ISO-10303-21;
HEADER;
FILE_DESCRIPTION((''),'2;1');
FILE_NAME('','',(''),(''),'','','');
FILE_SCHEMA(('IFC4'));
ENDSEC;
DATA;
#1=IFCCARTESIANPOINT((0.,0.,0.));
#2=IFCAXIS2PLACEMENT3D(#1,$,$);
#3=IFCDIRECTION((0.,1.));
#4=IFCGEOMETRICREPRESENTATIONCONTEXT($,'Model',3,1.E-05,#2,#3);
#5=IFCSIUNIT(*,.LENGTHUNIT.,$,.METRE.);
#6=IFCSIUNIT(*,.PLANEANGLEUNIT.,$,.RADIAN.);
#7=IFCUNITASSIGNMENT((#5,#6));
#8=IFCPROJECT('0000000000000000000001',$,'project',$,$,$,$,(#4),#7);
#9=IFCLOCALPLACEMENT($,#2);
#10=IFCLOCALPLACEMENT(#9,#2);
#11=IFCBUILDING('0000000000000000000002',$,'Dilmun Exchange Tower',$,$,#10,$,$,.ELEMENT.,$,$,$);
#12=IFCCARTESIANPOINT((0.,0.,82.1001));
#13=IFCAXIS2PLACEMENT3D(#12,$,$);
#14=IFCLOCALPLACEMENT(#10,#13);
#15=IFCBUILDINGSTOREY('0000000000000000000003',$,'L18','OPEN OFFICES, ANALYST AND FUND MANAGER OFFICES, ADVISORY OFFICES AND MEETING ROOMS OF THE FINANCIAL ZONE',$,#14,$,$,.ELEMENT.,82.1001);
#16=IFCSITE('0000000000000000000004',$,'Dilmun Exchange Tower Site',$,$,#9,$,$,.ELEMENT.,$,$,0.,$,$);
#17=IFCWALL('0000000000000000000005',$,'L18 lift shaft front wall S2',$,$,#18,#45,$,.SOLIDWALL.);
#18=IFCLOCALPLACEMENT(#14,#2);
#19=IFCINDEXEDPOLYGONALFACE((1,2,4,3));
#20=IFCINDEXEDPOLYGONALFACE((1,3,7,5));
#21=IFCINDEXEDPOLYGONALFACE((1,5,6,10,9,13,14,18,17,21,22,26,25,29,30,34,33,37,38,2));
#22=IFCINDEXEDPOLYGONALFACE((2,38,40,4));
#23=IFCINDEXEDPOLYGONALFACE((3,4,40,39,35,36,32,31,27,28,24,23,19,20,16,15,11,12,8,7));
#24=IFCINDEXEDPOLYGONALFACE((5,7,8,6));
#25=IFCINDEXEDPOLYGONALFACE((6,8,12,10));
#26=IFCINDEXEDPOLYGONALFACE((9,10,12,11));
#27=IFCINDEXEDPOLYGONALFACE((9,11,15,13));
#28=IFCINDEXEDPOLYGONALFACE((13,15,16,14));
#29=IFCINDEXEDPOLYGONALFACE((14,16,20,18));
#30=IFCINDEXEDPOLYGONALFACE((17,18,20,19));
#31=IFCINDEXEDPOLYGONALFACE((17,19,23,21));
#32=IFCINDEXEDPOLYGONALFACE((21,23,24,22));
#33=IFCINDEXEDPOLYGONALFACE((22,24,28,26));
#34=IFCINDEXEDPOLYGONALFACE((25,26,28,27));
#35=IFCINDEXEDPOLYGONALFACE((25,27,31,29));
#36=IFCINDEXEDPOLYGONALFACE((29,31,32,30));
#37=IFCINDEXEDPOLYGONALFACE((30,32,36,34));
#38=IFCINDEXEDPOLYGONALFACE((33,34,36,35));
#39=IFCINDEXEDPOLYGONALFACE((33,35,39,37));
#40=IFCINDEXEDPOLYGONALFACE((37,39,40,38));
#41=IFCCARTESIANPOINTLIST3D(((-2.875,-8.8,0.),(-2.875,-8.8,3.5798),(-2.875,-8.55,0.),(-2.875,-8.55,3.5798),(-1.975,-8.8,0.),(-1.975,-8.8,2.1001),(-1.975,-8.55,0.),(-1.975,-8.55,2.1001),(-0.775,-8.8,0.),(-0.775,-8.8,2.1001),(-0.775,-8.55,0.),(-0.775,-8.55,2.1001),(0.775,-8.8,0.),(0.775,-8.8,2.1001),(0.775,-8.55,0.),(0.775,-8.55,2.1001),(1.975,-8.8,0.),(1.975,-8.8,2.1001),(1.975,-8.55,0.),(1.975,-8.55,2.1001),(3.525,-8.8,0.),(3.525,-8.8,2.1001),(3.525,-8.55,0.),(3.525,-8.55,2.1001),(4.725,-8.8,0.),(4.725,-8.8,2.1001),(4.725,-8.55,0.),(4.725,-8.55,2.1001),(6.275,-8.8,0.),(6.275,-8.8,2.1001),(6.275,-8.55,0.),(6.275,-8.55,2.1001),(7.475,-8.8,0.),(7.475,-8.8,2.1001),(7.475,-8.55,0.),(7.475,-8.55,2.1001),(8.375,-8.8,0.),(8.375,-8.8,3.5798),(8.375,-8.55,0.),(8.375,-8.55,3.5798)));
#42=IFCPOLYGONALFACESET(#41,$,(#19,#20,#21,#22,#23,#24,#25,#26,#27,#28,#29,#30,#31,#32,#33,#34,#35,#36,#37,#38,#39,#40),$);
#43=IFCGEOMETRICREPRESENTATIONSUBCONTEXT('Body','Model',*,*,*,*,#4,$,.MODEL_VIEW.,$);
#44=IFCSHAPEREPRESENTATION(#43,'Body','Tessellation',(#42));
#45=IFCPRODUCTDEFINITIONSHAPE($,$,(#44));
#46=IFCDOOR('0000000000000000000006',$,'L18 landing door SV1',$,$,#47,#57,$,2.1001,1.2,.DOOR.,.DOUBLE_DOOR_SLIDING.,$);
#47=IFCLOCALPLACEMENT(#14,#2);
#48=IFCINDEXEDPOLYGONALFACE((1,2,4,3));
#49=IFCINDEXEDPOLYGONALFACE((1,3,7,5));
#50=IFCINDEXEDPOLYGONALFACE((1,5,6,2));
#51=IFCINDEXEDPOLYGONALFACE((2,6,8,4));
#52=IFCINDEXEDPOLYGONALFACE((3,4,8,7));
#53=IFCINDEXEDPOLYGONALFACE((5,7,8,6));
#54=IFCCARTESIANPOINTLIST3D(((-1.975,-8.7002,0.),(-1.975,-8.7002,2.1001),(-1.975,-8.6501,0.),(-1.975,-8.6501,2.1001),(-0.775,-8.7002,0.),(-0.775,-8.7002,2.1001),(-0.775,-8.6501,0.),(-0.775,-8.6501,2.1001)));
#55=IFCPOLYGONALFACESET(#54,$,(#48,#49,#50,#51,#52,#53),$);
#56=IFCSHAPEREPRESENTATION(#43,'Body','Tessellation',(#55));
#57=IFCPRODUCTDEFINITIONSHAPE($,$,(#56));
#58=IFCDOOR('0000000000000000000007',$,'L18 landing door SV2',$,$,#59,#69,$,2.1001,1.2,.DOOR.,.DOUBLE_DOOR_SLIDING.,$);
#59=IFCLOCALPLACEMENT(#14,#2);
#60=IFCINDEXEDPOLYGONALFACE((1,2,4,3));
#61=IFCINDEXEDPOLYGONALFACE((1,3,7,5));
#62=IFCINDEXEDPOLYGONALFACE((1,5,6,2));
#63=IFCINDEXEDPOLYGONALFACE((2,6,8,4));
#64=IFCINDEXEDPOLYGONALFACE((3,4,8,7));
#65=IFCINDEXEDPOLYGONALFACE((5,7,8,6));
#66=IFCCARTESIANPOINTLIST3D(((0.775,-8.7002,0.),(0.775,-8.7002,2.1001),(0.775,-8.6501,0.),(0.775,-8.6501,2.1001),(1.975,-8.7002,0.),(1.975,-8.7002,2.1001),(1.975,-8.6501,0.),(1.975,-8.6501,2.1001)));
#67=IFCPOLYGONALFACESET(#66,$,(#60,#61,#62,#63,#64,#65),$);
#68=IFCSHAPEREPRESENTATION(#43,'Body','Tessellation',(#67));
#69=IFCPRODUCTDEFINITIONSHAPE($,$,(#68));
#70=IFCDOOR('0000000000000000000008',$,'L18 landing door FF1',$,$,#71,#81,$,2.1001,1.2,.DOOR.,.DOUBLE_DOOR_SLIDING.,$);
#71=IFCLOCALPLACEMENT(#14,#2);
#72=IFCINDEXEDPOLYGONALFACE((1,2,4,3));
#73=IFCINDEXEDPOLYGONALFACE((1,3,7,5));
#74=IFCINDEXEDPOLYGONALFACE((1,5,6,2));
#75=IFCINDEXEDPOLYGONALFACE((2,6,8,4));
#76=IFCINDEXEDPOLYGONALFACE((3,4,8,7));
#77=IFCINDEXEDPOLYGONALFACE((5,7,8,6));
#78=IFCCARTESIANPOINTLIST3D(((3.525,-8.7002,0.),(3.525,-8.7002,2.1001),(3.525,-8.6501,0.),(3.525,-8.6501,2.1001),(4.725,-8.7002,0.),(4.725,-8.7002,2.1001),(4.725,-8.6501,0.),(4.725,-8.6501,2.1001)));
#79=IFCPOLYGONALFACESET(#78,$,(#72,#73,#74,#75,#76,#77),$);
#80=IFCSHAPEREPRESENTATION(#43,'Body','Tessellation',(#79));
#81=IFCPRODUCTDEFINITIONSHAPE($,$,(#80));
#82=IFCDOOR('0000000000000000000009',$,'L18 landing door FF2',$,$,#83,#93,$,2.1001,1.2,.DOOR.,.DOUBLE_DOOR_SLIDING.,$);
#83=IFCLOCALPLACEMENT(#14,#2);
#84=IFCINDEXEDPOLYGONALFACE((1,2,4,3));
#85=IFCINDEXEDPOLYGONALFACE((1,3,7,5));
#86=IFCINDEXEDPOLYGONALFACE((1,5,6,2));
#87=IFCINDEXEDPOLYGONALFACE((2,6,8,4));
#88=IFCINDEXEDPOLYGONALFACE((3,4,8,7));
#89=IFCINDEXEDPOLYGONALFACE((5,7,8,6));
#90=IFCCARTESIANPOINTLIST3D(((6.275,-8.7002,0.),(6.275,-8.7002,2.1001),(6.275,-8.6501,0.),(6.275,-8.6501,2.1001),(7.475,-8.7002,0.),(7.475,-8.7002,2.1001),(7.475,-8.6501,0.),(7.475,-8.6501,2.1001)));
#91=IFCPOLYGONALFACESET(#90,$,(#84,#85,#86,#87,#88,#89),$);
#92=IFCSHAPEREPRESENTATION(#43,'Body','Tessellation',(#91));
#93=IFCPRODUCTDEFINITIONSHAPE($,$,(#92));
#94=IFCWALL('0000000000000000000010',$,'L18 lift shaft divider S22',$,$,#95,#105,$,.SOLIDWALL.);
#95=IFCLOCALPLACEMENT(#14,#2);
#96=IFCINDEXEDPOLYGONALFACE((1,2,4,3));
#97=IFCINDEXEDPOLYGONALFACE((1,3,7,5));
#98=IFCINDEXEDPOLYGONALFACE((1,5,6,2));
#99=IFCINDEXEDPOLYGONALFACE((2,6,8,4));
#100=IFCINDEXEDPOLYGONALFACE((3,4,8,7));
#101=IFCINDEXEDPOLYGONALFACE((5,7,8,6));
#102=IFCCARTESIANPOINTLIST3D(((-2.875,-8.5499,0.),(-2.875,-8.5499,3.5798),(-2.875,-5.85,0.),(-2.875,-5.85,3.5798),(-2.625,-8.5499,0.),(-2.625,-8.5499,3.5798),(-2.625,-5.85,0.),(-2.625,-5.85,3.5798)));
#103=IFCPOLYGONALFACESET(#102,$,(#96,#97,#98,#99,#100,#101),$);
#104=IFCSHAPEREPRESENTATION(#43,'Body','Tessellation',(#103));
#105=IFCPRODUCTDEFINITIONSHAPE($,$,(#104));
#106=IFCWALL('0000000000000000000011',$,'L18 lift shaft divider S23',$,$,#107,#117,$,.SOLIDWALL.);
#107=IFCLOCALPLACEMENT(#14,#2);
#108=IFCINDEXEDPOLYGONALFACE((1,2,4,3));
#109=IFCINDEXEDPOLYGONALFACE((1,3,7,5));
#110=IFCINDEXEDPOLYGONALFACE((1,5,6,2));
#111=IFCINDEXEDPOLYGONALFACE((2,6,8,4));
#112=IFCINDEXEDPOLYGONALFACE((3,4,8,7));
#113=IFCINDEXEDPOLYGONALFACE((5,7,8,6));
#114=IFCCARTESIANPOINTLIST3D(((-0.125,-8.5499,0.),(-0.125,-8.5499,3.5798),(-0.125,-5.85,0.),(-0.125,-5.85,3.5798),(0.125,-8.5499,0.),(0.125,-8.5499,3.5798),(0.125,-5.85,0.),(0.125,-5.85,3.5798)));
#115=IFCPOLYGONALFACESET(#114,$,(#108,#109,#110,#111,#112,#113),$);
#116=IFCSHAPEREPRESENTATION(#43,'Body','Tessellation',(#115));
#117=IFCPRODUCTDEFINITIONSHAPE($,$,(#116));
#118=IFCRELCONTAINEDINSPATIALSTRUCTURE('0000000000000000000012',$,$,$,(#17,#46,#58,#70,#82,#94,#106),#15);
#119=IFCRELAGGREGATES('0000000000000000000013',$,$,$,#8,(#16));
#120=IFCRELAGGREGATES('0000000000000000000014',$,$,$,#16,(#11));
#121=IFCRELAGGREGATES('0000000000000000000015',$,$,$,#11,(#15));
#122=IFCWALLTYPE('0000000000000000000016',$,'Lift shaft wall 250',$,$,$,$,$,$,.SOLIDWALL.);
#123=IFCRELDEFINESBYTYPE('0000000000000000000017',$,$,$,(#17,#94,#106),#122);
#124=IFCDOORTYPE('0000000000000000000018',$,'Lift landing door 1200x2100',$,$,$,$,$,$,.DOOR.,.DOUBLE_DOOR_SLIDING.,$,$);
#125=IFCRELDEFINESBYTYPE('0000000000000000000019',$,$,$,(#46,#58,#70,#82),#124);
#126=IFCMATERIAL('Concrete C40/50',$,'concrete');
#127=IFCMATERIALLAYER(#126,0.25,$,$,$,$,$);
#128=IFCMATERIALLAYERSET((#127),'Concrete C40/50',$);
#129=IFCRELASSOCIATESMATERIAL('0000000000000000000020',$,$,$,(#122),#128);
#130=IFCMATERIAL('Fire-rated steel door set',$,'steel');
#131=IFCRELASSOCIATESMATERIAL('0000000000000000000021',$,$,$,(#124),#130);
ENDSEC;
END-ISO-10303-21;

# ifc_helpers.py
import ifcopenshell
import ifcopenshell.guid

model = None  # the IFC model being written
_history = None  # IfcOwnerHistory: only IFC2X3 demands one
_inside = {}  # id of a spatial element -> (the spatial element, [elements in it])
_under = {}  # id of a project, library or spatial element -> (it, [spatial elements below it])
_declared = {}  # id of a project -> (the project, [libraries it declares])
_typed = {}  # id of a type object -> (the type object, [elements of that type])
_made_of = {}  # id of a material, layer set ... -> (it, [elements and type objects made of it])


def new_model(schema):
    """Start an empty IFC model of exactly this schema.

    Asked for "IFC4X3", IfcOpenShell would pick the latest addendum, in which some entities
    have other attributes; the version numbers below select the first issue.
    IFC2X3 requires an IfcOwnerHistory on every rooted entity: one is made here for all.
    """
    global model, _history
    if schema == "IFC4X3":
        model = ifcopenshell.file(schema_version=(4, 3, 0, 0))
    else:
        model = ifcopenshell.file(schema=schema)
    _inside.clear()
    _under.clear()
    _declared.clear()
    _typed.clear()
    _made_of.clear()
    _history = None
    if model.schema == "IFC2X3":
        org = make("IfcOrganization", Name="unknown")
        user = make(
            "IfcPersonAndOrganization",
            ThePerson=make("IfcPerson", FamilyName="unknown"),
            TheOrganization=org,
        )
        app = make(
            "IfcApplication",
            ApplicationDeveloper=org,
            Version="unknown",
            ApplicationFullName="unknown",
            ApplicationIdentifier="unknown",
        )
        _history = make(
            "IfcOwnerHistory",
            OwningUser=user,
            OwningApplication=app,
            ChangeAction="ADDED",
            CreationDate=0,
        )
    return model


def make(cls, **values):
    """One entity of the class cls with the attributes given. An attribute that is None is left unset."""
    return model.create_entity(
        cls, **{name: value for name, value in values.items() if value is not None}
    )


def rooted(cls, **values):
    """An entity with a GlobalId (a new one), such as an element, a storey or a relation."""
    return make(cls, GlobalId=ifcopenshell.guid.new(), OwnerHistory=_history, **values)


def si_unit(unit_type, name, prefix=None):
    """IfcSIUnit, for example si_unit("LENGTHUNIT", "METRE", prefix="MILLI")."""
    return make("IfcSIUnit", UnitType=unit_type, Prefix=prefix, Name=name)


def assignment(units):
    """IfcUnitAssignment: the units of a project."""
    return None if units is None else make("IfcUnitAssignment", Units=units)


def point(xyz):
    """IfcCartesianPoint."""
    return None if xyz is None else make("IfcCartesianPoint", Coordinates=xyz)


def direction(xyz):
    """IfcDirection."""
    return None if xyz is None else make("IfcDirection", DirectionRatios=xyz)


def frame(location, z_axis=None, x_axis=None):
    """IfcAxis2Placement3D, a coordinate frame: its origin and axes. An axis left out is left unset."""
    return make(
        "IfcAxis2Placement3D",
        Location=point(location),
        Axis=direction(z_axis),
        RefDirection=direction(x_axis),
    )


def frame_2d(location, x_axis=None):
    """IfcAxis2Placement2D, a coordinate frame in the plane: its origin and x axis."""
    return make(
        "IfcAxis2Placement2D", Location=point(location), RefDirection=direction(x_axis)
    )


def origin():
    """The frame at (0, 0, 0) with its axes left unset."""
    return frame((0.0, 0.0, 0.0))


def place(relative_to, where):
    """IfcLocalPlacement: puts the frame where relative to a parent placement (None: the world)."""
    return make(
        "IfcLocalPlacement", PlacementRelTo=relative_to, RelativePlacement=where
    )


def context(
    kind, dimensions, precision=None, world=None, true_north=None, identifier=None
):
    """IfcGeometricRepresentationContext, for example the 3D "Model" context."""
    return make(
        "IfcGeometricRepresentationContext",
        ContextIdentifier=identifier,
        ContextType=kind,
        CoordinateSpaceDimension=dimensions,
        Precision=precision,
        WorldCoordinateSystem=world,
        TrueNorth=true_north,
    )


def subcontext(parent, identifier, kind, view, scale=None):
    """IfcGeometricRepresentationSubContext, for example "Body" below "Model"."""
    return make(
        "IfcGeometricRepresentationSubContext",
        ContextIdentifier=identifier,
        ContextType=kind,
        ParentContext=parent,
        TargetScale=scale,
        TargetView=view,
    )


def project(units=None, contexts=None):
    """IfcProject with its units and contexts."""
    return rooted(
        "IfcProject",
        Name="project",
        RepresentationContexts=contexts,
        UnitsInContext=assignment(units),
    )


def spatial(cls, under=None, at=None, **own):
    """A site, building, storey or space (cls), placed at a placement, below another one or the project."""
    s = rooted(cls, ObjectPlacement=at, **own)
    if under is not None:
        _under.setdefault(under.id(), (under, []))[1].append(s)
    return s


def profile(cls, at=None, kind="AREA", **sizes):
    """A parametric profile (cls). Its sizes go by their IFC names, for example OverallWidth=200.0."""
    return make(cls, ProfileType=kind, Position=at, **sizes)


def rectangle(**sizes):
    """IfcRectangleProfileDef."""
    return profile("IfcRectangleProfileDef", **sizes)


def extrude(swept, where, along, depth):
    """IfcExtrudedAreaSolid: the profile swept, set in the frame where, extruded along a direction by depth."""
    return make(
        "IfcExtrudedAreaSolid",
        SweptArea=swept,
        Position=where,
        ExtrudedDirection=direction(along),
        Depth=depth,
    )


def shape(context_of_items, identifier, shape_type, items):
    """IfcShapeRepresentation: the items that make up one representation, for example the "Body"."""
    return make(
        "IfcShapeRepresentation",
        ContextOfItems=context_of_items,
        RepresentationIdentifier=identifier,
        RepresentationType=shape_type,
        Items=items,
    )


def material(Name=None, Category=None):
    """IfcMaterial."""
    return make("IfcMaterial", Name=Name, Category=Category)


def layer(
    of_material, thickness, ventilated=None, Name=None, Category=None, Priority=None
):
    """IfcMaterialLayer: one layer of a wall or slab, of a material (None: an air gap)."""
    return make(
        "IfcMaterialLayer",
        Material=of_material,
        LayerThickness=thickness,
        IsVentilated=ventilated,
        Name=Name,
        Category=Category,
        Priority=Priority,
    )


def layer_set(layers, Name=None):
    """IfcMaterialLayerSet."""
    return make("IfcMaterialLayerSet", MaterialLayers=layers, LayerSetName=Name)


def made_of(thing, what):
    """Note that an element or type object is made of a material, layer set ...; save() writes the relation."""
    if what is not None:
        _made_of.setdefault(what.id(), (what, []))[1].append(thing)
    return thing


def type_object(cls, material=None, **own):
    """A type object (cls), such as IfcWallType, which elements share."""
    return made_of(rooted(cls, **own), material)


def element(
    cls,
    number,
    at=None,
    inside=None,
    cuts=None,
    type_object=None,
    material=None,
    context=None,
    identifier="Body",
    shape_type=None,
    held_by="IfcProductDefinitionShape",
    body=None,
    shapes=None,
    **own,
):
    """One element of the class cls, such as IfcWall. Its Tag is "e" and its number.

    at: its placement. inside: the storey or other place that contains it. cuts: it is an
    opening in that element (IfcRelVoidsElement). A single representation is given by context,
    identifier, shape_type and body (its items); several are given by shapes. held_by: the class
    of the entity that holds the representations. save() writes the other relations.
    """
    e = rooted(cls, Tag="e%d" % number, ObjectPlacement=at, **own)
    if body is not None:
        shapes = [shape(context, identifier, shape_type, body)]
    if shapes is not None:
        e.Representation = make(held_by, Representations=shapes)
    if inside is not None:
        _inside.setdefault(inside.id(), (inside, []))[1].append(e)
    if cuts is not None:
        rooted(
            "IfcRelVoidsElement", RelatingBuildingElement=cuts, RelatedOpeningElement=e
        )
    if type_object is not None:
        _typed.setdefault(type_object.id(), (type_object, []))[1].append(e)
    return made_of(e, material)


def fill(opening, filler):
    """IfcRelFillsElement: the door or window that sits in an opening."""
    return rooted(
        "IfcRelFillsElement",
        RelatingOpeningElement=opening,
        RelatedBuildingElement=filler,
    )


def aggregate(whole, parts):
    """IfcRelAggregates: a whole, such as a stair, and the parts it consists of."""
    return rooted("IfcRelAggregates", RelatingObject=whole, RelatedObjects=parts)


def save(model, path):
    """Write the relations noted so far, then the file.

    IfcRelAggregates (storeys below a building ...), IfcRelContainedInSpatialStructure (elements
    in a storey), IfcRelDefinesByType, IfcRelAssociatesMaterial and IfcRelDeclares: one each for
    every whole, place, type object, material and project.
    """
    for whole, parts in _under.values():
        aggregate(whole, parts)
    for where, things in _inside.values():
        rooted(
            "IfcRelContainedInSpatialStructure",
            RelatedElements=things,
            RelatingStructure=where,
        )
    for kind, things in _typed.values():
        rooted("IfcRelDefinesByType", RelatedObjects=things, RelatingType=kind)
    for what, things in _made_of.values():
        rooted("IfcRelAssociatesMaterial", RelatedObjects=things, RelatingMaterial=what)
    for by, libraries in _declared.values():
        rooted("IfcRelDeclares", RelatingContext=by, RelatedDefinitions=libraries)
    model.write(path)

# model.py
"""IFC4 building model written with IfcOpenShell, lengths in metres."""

from ifc_helpers import new_model, si_unit, direction, frame, frame_2d, origin, place, context, subcontext, project, spatial, rectangle, extrude, material, layer, layer_set, type_object, element, fill, save


model = new_model("IFC4")

# Units and contexts
model_context = context("Model", 3, precision=1e-05, world=origin(), true_north=direction((0.0, 1.0)))
body_context = subcontext(model_context, "Body", "Model", "MODEL_VIEW")
ifc_project = project(units=[si_unit("LENGTHUNIT", "METRE"), si_unit("PLANEANGLEUNIT", "RADIAN")], contexts=[model_context])

# Site, building, storey
site_placement = place(None, origin())
site = spatial("IfcSite", under=ifc_project, at=site_placement, Name="Dilmun Exchange Tower Site", CompositionType="ELEMENT", RefElevation=0.0)
building_placement = place(site_placement, origin())
building = spatial("IfcBuilding", under=site, at=building_placement, Name="Dilmun Exchange Tower", CompositionType="ELEMENT")
storey_placement = place(building_placement, frame((0.0, 0.0, 82.1001)))
storey = spatial("IfcBuildingStorey", under=building, at=storey_placement, Name="L18", Description="OPEN OFFICES, ANALYST AND FUND MANAGER OFFICES, ADVISORY OFFICES AND MEETING ROOMS OF THE FINANCIAL ZONE", CompositionType="ELEMENT", Elevation=82.1001)

# Shared definitions
ifc_material_1 = material(Name="Concrete C40/50", Category="concrete")

# Shared definitions
ifc_material_2 = material(Name="Fire-rated steel door set", Category="steel")

# Shared definitions
ifc_layer_1 = layer(ifc_material_1, 0.25)
ifc_layer_set_1 = layer_set([ifc_layer_1], Name="Concrete C40/50")
wall_type_1 = type_object("IfcWallType", Name="Lift shaft wall 250", PredefinedType="SOLIDWALL", material=ifc_layer_set_1)

# Wall, openings, doors
wall_1_placement = place(storey_placement, frame((-2.875, -8.675, 0.0), z_axis=(0.0, 0.0, 1.0), x_axis=(1.0, 0.0, 0.0)))
wall_1 = element("IfcWall", 1, at=wall_1_placement, inside=storey, type_object=wall_type_1, Name="L18 lift shaft front wall S2", PredefinedType="SOLIDWALL", context=body_context, shape_type="SweptSolid", body=[
    extrude(rectangle(XDim=11.25, YDim=0.25, at=frame_2d((5.625, 0.0))), origin(), (0.0, 0.0, 1.0), 3.5798),
])
opening_1_placement = place(wall_1_placement, frame((0.8999, 0.0, 0.0)))
opening_1 = element("IfcOpeningElement", 2, at=opening_1_placement, cuts=wall_1, PredefinedType="OPENING", context=body_context, shape_type="SweptSolid", body=[
    extrude(rectangle(XDim=1.2, YDim=2.1001, at=frame_2d((0.6001, 1.05))), frame((0.0, 0.135, 0.0), z_axis=(0.0, -1.0, 0.0), x_axis=(1.0, 0.0, 0.0)), (0.0, 0.0, 1.0), 0.27),
])
opening_2_placement = place(wall_1_placement, frame((3.6499, 0.0, 0.0)))
opening_2 = element("IfcOpeningElement", 3, at=opening_2_placement, cuts=wall_1, PredefinedType="OPENING", context=body_context, shape_type="SweptSolid", body=[
    extrude(rectangle(XDim=1.2, YDim=2.1001, at=frame_2d((0.6001, 1.05))), frame((0.0, 0.135, 0.0), z_axis=(0.0, -1.0, 0.0), x_axis=(1.0, 0.0, 0.0)), (0.0, 0.0, 1.0), 0.27),
])
opening_3_placement = place(wall_1_placement, frame((6.3999, 0.0, 0.0)))
opening_3 = element("IfcOpeningElement", 4, at=opening_3_placement, cuts=wall_1, PredefinedType="OPENING", context=body_context, shape_type="SweptSolid", body=[
    extrude(rectangle(XDim=1.2, YDim=2.1001, at=frame_2d((0.6001, 1.05))), frame((0.0, 0.135, 0.0), z_axis=(0.0, -1.0, 0.0), x_axis=(1.0, 0.0, 0.0)), (0.0, 0.0, 1.0), 0.27),
])
opening_4_placement = place(wall_1_placement, frame((9.1499, 0.0, 0.0)))
opening_4 = element("IfcOpeningElement", 5, at=opening_4_placement, cuts=wall_1, PredefinedType="OPENING", context=body_context, shape_type="SweptSolid", body=[
    extrude(rectangle(XDim=1.2, YDim=2.1001, at=frame_2d((0.6001, 1.05))), frame((0.0, 0.135, 0.0), z_axis=(0.0, -1.0, 0.0), x_axis=(1.0, 0.0, 0.0)), (0.0, 0.0, 1.0), 0.27),
])
door_type_1 = type_object("IfcDoorType", Name="Lift landing door 1200x2100", OperationType="DOUBLE_DOOR_SLIDING", PredefinedType="DOOR", material=ifc_material_2)
door_1_placement = place(opening_1_placement, origin())
door_1 = element("IfcDoor", 6, at=door_1_placement, inside=storey, type_object=door_type_1, Name="L18 landing door SV1", OperationType="DOUBLE_DOOR_SLIDING", OverallHeight=2.1001, OverallWidth=1.2, PredefinedType="DOOR", context=body_context, shape_type="SweptSolid", body=[
    extrude(rectangle(XDim=1.2, YDim=2.1001, at=frame_2d((0.6001, 1.05))), frame((0.0, 0.0249, 0.0), z_axis=(0.0, -1.0, 0.0), x_axis=(1.0, 0.0, 0.0)), (0.0, 0.0, 1.0), 0.05),
])
fill(opening_1, door_1)
door_2_placement = place(opening_2_placement, origin())
door_2 = element("IfcDoor", 7, at=door_2_placement, inside=storey, type_object=door_type_1, Name="L18 landing door SV2", OperationType="DOUBLE_DOOR_SLIDING", OverallHeight=2.1001, OverallWidth=1.2, PredefinedType="DOOR", context=body_context, shape_type="SweptSolid", body=[
    extrude(rectangle(XDim=1.2, YDim=2.1001, at=frame_2d((0.6001, 1.05))), frame((0.0, 0.0249, 0.0), z_axis=(0.0, -1.0, 0.0), x_axis=(1.0, 0.0, 0.0)), (0.0, 0.0, 1.0), 0.05),
])
fill(opening_2, door_2)
door_3_placement = place(opening_3_placement, origin())
door_3 = element("IfcDoor", 8, at=door_3_placement, inside=storey, type_object=door_type_1, Name="L18 landing door FF1", OperationType="DOUBLE_DOOR_SLIDING", OverallHeight=2.1001, OverallWidth=1.2, PredefinedType="DOOR", context=body_context, shape_type="SweptSolid", body=[
    extrude(rectangle(XDim=1.2, YDim=2.1001, at=frame_2d((0.6001, 1.05))), frame((0.0, 0.0249, 0.0), z_axis=(0.0, -1.0, 0.0), x_axis=(1.0, 0.0, 0.0)), (0.0, 0.0, 1.0), 0.05),
])
fill(opening_3, door_3)
door_4_placement = place(opening_4_placement, origin())
door_4 = element("IfcDoor", 9, at=door_4_placement, inside=storey, type_object=door_type_1, Name="L18 landing door FF2", OperationType="DOUBLE_DOOR_SLIDING", OverallHeight=2.1001, OverallWidth=1.2, PredefinedType="DOOR", context=body_context, shape_type="SweptSolid", body=[
    extrude(rectangle(XDim=1.2, YDim=2.1001, at=frame_2d((0.6001, 1.05))), frame((0.0, 0.0249, 0.0), z_axis=(0.0, -1.0, 0.0), x_axis=(1.0, 0.0, 0.0)), (0.0, 0.0, 1.0), 0.05),
])
fill(opening_4, door_4)

# Walls
for number, where, z_axis, x_axis, name in (
    (10, (-2.75, -8.55, 0.0), (0.0, 0.0, 1.0), (0.0, 1.0, 0.0), "L18 lift shaft divider S22"),
    (11, (0.0, -8.55, 0.0), (0.0, 0.0, 1.0), (0.0, 1.0, 0.0), "L18 lift shaft divider S23"),
):
    element("IfcWall", number, at=place(storey_placement, frame(where, z_axis=z_axis, x_axis=x_axis)), inside=storey, type_object=wall_type_1, Name=name, PredefinedType="SOLIDWALL", context=body_context, shape_type="SweptSolid", body=[
        extrude(rectangle(XDim=2.7, YDim=0.25, at=frame_2d((1.3501, 0.0))), origin(), (0.0, 0.0, 1.0), 3.5798),
    ])

save(model, "model.ifc")
